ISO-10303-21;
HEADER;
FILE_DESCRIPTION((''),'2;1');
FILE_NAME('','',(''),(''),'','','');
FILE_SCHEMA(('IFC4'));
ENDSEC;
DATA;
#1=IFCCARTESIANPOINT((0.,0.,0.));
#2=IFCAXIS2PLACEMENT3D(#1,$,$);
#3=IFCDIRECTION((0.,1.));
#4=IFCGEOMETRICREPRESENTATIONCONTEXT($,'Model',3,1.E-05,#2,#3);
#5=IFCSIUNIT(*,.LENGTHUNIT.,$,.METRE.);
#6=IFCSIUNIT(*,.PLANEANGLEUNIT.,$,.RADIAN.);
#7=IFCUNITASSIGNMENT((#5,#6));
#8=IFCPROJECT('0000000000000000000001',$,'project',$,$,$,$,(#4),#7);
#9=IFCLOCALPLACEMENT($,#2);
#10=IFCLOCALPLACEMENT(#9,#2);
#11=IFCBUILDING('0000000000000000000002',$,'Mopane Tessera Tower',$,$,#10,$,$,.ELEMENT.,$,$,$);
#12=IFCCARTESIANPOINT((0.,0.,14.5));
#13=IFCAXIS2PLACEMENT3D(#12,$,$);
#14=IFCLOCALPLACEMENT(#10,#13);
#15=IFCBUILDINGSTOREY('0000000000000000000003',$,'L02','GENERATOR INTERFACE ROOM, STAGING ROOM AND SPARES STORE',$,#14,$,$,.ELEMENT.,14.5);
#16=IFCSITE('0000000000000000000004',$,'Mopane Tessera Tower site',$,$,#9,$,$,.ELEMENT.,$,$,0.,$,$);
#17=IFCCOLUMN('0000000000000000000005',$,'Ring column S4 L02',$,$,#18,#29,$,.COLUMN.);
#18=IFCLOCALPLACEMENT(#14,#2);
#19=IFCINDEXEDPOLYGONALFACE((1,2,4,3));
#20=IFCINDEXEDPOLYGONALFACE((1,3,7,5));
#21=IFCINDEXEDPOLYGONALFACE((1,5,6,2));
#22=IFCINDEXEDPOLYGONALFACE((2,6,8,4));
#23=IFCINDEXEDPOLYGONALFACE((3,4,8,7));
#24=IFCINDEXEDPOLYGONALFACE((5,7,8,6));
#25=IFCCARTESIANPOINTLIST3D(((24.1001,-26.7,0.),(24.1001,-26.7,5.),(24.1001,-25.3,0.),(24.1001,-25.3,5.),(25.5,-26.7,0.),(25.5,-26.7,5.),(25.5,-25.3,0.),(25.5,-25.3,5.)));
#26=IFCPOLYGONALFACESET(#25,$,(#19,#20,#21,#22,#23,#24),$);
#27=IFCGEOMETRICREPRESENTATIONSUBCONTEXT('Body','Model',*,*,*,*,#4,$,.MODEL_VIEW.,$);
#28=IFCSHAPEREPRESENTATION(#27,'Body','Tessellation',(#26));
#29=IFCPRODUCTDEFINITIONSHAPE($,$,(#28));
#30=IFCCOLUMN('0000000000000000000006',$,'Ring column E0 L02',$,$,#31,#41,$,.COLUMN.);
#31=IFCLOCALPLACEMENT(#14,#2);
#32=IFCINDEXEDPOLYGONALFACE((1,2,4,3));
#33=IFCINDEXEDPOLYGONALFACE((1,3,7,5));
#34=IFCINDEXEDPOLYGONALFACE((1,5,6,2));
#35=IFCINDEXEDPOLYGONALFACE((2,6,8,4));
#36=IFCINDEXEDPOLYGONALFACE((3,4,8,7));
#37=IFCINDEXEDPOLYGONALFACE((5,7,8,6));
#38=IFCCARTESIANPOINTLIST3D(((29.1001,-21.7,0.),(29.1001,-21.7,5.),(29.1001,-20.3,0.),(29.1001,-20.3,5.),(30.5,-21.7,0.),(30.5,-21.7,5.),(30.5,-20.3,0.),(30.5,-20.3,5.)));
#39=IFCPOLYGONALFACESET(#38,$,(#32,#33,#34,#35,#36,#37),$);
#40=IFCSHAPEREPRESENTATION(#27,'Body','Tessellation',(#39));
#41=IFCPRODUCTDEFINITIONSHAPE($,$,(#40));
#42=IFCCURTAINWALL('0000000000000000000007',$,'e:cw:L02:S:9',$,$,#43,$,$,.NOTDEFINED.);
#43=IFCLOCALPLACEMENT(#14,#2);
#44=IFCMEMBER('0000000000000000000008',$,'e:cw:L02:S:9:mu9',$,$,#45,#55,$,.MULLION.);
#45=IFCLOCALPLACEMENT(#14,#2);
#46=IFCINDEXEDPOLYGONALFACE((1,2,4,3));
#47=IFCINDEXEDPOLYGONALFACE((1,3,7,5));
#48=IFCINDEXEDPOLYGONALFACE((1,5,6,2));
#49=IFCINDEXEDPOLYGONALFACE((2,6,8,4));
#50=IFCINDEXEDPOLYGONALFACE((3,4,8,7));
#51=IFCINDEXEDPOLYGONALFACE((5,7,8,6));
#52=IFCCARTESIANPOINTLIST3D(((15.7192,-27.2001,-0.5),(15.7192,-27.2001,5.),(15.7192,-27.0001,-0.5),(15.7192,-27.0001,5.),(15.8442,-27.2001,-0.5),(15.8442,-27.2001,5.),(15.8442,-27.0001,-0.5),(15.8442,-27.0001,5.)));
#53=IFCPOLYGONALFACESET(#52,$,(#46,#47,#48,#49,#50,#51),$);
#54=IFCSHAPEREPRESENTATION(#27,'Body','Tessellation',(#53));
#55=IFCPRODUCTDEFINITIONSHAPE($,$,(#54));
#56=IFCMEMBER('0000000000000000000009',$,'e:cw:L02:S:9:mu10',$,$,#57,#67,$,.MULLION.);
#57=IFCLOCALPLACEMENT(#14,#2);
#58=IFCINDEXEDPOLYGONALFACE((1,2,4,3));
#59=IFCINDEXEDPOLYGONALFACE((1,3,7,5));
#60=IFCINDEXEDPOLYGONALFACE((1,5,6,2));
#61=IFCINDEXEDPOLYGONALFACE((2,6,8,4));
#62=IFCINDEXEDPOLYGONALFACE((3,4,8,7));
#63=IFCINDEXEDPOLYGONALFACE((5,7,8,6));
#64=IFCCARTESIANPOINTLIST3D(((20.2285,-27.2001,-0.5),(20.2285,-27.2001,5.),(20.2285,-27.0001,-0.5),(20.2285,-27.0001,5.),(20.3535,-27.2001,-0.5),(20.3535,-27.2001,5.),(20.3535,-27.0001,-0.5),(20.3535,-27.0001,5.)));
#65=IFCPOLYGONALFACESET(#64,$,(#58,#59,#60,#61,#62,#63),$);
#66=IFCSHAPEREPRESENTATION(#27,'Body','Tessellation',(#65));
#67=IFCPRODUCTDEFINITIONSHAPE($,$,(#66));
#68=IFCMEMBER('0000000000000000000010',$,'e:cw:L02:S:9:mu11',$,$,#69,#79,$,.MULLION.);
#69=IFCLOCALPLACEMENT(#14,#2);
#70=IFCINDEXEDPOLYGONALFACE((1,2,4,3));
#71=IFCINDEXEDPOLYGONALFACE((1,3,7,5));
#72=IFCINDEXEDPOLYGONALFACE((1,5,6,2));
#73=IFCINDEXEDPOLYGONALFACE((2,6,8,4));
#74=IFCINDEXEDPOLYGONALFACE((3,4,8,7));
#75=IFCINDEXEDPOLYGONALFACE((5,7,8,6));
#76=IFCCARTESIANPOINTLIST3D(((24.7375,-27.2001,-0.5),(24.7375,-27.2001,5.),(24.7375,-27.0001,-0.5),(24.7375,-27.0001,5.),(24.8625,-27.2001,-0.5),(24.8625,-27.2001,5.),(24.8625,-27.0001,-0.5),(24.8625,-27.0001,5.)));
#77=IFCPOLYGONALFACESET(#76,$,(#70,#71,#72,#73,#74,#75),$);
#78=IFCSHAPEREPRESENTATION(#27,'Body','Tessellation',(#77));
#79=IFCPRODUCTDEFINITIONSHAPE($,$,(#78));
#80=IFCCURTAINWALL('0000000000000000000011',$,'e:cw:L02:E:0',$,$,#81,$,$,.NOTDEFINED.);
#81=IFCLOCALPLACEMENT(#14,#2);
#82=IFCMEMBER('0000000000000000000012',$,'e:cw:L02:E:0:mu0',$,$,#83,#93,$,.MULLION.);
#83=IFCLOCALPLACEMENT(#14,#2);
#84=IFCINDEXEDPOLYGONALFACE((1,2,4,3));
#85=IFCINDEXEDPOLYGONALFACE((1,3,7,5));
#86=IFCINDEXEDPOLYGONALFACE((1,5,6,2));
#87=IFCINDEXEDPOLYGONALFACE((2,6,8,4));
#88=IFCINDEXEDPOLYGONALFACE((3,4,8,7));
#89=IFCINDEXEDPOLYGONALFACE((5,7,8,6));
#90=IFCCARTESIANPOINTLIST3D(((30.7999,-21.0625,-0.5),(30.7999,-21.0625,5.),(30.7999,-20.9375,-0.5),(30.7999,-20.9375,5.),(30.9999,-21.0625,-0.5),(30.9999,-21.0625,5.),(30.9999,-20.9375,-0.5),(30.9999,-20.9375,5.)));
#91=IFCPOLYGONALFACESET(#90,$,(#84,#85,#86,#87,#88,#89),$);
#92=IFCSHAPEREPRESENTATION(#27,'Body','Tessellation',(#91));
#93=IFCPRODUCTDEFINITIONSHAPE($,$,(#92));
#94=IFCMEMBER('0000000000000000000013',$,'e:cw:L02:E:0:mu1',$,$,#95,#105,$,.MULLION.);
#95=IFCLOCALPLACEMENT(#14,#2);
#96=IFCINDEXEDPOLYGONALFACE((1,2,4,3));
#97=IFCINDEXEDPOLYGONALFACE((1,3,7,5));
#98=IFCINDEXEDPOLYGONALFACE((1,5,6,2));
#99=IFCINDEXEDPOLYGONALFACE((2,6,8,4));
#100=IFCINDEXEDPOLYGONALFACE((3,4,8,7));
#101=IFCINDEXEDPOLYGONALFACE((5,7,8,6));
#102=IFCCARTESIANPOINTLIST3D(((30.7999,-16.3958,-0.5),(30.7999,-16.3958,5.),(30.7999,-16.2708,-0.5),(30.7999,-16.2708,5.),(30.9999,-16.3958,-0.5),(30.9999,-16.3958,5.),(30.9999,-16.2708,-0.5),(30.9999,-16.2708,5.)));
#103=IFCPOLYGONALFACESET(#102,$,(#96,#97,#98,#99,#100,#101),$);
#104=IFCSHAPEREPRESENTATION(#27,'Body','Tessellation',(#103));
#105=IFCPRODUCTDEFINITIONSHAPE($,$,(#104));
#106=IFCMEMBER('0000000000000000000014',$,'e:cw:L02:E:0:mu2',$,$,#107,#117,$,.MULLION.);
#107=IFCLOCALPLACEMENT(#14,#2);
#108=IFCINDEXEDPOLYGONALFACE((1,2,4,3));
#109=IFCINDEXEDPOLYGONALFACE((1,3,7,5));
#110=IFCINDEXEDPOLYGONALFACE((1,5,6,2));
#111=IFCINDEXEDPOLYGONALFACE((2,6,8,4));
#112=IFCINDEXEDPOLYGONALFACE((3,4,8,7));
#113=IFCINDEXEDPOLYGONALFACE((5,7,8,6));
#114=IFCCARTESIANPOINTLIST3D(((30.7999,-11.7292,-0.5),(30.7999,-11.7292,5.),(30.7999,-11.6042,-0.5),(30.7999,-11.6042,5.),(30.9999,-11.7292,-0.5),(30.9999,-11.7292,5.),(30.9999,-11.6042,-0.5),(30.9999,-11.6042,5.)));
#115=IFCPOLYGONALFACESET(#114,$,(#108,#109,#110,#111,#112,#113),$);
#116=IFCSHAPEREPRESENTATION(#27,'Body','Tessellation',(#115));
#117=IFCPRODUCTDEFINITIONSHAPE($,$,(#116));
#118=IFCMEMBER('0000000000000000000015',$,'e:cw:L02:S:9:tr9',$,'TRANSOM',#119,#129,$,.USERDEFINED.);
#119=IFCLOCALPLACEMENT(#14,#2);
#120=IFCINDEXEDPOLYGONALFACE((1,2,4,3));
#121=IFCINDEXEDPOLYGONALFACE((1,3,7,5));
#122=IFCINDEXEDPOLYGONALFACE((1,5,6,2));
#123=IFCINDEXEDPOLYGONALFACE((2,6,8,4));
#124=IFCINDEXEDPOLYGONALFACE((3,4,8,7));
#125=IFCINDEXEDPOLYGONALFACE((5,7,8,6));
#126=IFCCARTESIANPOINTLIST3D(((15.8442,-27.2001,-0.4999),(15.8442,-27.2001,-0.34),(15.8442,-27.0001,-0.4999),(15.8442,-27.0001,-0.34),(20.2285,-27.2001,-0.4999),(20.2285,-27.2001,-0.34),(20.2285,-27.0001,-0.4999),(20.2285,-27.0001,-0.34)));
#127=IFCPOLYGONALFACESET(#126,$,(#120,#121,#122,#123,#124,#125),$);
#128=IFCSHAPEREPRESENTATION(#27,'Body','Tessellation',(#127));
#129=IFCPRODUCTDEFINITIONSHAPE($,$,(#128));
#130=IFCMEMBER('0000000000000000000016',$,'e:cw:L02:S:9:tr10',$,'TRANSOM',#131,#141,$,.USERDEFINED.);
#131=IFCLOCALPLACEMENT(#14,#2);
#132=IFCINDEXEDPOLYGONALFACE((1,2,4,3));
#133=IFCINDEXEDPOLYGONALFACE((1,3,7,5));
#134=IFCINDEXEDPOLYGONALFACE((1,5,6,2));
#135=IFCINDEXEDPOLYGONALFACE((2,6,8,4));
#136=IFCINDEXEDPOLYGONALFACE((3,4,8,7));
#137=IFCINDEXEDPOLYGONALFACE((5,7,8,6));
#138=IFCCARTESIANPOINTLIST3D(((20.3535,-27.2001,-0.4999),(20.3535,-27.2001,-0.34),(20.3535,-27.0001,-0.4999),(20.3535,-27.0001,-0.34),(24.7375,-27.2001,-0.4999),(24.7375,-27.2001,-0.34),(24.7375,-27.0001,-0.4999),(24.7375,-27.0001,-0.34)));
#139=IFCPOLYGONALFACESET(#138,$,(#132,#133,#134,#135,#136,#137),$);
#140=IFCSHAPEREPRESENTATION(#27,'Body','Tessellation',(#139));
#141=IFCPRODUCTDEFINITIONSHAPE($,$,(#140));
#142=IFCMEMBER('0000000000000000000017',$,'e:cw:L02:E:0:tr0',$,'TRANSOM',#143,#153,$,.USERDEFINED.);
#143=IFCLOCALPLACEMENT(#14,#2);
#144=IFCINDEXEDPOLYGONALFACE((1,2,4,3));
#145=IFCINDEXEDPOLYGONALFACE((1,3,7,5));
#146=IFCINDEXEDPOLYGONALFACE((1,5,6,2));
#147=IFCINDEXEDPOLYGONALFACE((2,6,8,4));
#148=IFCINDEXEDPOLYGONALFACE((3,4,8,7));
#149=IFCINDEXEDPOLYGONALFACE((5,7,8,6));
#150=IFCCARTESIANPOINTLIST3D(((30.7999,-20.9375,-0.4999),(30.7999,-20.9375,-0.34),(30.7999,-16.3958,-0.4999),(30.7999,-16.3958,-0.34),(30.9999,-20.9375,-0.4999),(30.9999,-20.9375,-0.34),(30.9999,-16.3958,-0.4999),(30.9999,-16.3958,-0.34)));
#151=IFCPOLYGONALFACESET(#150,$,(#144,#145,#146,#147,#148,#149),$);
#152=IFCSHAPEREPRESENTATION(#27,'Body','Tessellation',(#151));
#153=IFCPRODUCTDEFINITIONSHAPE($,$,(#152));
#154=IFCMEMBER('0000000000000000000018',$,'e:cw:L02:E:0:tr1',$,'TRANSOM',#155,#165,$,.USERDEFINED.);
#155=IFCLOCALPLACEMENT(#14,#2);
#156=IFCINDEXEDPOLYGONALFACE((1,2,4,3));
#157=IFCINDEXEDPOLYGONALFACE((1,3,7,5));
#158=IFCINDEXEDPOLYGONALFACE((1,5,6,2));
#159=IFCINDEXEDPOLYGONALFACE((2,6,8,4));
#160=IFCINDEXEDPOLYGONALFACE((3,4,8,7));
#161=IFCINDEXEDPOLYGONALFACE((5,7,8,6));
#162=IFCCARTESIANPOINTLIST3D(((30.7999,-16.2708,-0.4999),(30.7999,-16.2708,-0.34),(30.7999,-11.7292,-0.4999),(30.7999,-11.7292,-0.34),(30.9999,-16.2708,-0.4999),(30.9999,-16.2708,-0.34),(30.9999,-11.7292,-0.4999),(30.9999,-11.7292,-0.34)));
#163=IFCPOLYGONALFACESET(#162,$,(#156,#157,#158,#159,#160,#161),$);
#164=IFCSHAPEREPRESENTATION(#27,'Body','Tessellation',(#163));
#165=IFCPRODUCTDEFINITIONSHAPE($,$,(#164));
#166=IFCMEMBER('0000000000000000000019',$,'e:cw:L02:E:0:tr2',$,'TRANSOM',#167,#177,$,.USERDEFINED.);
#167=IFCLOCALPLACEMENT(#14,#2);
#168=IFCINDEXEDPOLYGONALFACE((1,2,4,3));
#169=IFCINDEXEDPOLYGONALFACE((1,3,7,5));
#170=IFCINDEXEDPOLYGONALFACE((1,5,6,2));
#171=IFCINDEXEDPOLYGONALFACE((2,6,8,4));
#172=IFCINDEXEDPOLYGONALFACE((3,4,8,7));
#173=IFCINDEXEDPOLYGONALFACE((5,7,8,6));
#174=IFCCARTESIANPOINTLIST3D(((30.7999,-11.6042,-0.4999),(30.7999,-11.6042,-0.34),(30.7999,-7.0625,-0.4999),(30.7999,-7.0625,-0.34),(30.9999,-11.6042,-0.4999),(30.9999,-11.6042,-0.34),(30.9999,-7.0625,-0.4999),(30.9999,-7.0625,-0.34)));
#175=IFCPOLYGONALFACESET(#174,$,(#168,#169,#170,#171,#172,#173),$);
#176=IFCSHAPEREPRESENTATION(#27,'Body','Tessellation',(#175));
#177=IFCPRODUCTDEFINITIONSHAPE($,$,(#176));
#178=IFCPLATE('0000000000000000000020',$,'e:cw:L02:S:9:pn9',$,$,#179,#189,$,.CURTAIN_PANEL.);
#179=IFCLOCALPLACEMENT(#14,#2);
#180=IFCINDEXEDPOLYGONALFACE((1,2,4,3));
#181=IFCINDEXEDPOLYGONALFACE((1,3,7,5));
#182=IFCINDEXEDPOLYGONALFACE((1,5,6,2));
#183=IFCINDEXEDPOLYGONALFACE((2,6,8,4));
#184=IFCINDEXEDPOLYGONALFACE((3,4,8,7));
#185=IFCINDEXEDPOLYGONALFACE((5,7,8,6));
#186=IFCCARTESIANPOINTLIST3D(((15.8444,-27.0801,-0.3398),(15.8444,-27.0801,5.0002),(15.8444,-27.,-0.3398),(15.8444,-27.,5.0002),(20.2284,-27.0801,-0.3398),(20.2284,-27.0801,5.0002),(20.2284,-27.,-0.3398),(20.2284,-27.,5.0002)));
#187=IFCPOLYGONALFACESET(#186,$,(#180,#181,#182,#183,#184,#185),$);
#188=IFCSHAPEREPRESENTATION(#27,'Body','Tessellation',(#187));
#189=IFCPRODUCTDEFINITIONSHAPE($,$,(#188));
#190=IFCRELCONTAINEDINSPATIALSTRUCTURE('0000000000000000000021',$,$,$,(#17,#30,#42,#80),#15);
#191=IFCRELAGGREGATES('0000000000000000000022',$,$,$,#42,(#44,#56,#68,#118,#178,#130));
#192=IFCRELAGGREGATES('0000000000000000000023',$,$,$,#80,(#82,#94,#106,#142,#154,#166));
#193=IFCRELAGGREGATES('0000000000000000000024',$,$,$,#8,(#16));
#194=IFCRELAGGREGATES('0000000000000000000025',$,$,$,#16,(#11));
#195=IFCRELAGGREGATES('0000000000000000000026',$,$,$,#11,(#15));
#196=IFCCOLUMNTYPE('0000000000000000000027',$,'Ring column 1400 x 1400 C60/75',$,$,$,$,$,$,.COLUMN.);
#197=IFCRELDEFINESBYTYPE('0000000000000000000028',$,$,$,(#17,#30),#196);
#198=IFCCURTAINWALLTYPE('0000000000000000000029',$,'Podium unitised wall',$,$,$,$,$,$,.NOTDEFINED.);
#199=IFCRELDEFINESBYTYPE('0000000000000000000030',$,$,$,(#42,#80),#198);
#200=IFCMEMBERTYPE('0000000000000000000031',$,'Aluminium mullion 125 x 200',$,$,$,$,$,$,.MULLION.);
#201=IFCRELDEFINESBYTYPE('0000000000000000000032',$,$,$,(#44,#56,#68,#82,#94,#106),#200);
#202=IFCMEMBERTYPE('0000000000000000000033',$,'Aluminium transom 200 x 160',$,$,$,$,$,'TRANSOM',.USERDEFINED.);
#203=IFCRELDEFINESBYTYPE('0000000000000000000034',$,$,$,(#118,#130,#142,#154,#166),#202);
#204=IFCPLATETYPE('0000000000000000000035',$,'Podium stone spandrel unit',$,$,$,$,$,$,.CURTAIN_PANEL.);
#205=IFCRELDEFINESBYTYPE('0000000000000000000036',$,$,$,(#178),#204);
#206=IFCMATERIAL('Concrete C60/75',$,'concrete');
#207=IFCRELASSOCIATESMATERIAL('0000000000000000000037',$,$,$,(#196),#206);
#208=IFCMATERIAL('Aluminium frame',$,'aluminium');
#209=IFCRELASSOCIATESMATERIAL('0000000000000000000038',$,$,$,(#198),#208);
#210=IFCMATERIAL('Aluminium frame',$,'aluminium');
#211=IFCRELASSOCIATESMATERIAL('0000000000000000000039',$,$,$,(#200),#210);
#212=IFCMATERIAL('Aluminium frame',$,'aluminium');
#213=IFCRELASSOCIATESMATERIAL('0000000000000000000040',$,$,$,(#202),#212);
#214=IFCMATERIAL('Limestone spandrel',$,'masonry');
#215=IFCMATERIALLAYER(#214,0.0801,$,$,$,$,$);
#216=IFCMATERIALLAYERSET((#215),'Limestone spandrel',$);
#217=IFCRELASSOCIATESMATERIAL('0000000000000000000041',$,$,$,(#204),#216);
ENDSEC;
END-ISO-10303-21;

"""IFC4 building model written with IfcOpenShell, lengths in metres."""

from ifc_helpers import new_model, si_unit, direction, frame, origin, origin_2d, place, context, subcontext, project, spatial, rectangle, extrude, material, layer, layer_set, material_profile, profile_set, type_object, element, aggregate, save


model = new_model("IFC4")

# Units and contexts
model_context = context("Model", 3, precision=1e-05, world=origin(), true_north=direction((0.0, 1.0)))
body_context = subcontext(model_context, "Body", "Model", "MODEL_VIEW")
ifc_project = project(units=[si_unit("LENGTHUNIT", "METRE"), si_unit("PLANEANGLEUNIT", "RADIAN")], contexts=[model_context])

# Site, building, storey
site_placement = place(None, origin())
site = spatial("IfcSite", under=ifc_project, at=site_placement, Name="Mopane Tessera Tower site", CompositionType="ELEMENT", RefElevation=0.0)
building_placement = place(site_placement, origin())
building = spatial("IfcBuilding", under=site, at=building_placement, Name="Mopane Tessera Tower", CompositionType="ELEMENT")
storey_placement = place(building_placement, frame((0.0, 0.0, 14.5)))
storey = spatial("IfcBuildingStorey", under=building, at=storey_placement, Name="L02", Description="GENERATOR INTERFACE ROOM, STAGING ROOM AND SPARES STORE", CompositionType="ELEMENT", Elevation=14.5)

# Columns
ifc_material_1 = material(Name="Concrete C60/75", Category="concrete")
ifc_material_profile_1 = material_profile(ifc_material_1, rectangle(XDim=1.3999, YDim=1.3999, at=origin_2d()))
ifc_profile_set_1 = profile_set([ifc_material_profile_1], Name="Concrete C60/75")
column_type = type_object("IfcColumnType", Name="Ring column 1400 x 1400 C60/75", PredefinedType="COLUMN", material=ifc_profile_set_1)
for number, where, z_axis, x_axis, name in (
    (1, (24.8, -26.0, 0.0), (0.0, 0.0, 1.0), (1.0, 0.0, 0.0), "Ring column S4 L02"),
    (2, (29.8, -21.0, 0.0), (0.0, 0.0, 1.0), (1.0, 0.0, 0.0), "Ring column E0 L02"),
):
    element("IfcColumn", number, at=place(storey_placement, frame(where, z_axis=z_axis, x_axis=x_axis)), inside=storey, type_object=column_type, Name=name, PredefinedType="COLUMN", context=body_context, shape_type="SweptSolid", body=[
        extrude(rectangle(XDim=1.3999, YDim=1.3999, at=origin_2d()), origin(), (0.0, 0.0, 1.0), 5.0),
    ])

# Curtain walls, members
ifc_material_2 = material(Name="Aluminium frame", Category="aluminium")
curtain_wall_type = type_object("IfcCurtainWallType", Name="Podium unitised wall", PredefinedType="NOTDEFINED", material=ifc_material_2)
curtain_wall_1_placement = place(storey_placement, origin())
curtain_wall_1 = element("IfcCurtainWall", 3, at=curtain_wall_1_placement, inside=storey, type_object=curtain_wall_type, Name="e:cw:L02:S:9", PredefinedType="NOTDEFINED")
ifc_material_3 = material(Name="Aluminium frame", Category="aluminium")
ifc_material_profile_2 = material_profile(ifc_material_3, rectangle(XDim=0.125, YDim=0.2, at=origin_2d()))
ifc_profile_set_2 = profile_set([ifc_material_profile_2], Name="Aluminium frame")
member_type_1 = type_object("IfcMemberType", Name="Aluminium mullion 125 x 200", PredefinedType="MULLION", material=ifc_profile_set_2)
member_1_placement = place(storey_placement, frame((15.7817, -27.1001, -0.5), z_axis=(0.0, 0.0, 1.0), x_axis=(1.0, 0.0, 0.0)))
member_1 = element("IfcMember", 4, at=member_1_placement, type_object=member_type_1, Name="e:cw:L02:S:9:mu9", PredefinedType="MULLION", context=body_context, shape_type="SweptSolid", body=[
    extrude(rectangle(XDim=0.125, YDim=0.2, at=origin_2d()), origin(), (0.0, 0.0, 1.0), 5.5),
])
member_2_placement = place(storey_placement, frame((20.291, -27.1001, -0.5), z_axis=(0.0, 0.0, 1.0), x_axis=(1.0, 0.0, 0.0)))
member_2 = element("IfcMember", 5, at=member_2_placement, type_object=member_type_1, Name="e:cw:L02:S:9:mu10", PredefinedType="MULLION", context=body_context, shape_type="SweptSolid", body=[
    extrude(rectangle(XDim=0.125, YDim=0.2, at=origin_2d()), origin(), (0.0, 0.0, 1.0), 5.5),
])
member_3_placement = place(storey_placement, frame((24.8, -27.1001, -0.5), z_axis=(0.0, 0.0, 1.0), x_axis=(1.0, 0.0, 0.0)))
member_3 = element("IfcMember", 6, at=member_3_placement, type_object=member_type_1, Name="e:cw:L02:S:9:mu11", PredefinedType="MULLION", context=body_context, shape_type="SweptSolid", body=[
    extrude(rectangle(XDim=0.125, YDim=0.2, at=origin_2d()), origin(), (0.0, 0.0, 1.0), 5.5),
])
curtain_wall_2_placement = place(storey_placement, origin())
curtain_wall_2 = element("IfcCurtainWall", 7, at=curtain_wall_2_placement, inside=storey, type_object=curtain_wall_type, Name="e:cw:L02:E:0", PredefinedType="NOTDEFINED")
member_4_placement = place(storey_placement, frame((30.8999, -21.0, -0.5), z_axis=(0.0, 0.0, 1.0), x_axis=(0.0, 1.0, 0.0)))
member_4 = element("IfcMember", 8, at=member_4_placement, type_object=member_type_1, Name="e:cw:L02:E:0:mu0", PredefinedType="MULLION", context=body_context, shape_type="SweptSolid", body=[
    extrude(rectangle(XDim=0.125, YDim=0.2, at=origin_2d()), origin(), (0.0, 0.0, 1.0), 5.5),
])
member_5_placement = place(storey_placement, frame((30.8999, -16.3333, -0.5), z_axis=(0.0, 0.0, 1.0), x_axis=(0.0, 1.0, 0.0)))
member_5 = element("IfcMember", 9, at=member_5_placement, type_object=member_type_1, Name="e:cw:L02:E:0:mu1", PredefinedType="MULLION", context=body_context, shape_type="SweptSolid", body=[
    extrude(rectangle(XDim=0.125, YDim=0.2, at=origin_2d()), origin(), (0.0, 0.0, 1.0), 5.5),
])
member_6_placement = place(storey_placement, frame((30.8999, -11.6667, -0.5), z_axis=(0.0, 0.0, 1.0), x_axis=(0.0, 1.0, 0.0)))
member_6 = element("IfcMember", 10, at=member_6_placement, type_object=member_type_1, Name="e:cw:L02:E:0:mu2", PredefinedType="MULLION", context=body_context, shape_type="SweptSolid", body=[
    extrude(rectangle(XDim=0.125, YDim=0.2, at=origin_2d()), origin(), (0.0, 0.0, 1.0), 5.5),
])

# Members
ifc_material_4 = material(Name="Aluminium frame", Category="aluminium")
ifc_material_profile_3 = material_profile(ifc_material_4, rectangle(XDim=0.2, YDim=0.1599, at=origin_2d()))
ifc_profile_set_3 = profile_set([ifc_material_profile_3], Name="Aluminium frame")
member_type_2 = type_object("IfcMemberType", Name="Aluminium transom 200 x 160", ElementType="TRANSOM", PredefinedType="USERDEFINED", material=ifc_profile_set_3)
member_7_placement = place(storey_placement, frame((15.8442, -27.1001, -0.4199), z_axis=(1.0, 0.0, 0.0), x_axis=(0.0, 1.0, 0.0)))
member_7 = element("IfcMember", 11, at=member_7_placement, type_object=member_type_2, Name="e:cw:L02:S:9:tr9", ObjectType="TRANSOM", PredefinedType="USERDEFINED", context=body_context, shape_type="SweptSolid", body=[
    extrude(rectangle(XDim=0.2, YDim=0.1599, at=origin_2d()), origin(), (0.0, 0.0, 1.0), 4.3843),
])
member_8_placement = place(storey_placement, frame((20.3535, -27.1001, -0.4199), z_axis=(1.0, 0.0, 0.0), x_axis=(0.0, 1.0, 0.0)))
member_8 = element("IfcMember", 12, at=member_8_placement, type_object=member_type_2, Name="e:cw:L02:S:9:tr10", ObjectType="TRANSOM", PredefinedType="USERDEFINED", context=body_context, shape_type="SweptSolid", body=[
    extrude(rectangle(XDim=0.2, YDim=0.1599, at=origin_2d()), origin(), (0.0, 0.0, 1.0), 4.384),
])
member_9_placement = place(storey_placement, frame((30.8999, -20.9375, -0.4199), z_axis=(0.0, 1.0, 0.0), x_axis=(-1.0, 0.0, 0.0)))
member_9 = element("IfcMember", 13, at=member_9_placement, type_object=member_type_2, Name="e:cw:L02:E:0:tr0", ObjectType="TRANSOM", PredefinedType="USERDEFINED", context=body_context, shape_type="SweptSolid", body=[
    extrude(rectangle(XDim=0.2, YDim=0.1599, at=origin_2d()), origin(), (0.0, 0.0, 1.0), 4.5417),
])
member_10_placement = place(storey_placement, frame((30.8999, -16.2708, -0.4199), z_axis=(0.0, 1.0, 0.0), x_axis=(-1.0, 0.0, 0.0)))
member_10 = element("IfcMember", 14, at=member_10_placement, type_object=member_type_2, Name="e:cw:L02:E:0:tr1", ObjectType="TRANSOM", PredefinedType="USERDEFINED", context=body_context, shape_type="SweptSolid", body=[
    extrude(rectangle(XDim=0.2, YDim=0.1599, at=origin_2d()), origin(), (0.0, 0.0, 1.0), 4.5415),
])
member_11_placement = place(storey_placement, frame((30.8999, -11.6042, -0.4199), z_axis=(0.0, 1.0, 0.0), x_axis=(-1.0, 0.0, 0.0)))
member_11 = element("IfcMember", 15, at=member_11_placement, type_object=member_type_2, Name="e:cw:L02:E:0:tr2", ObjectType="TRANSOM", PredefinedType="USERDEFINED", context=body_context, shape_type="SweptSolid", body=[
    extrude(rectangle(XDim=0.2, YDim=0.1599, at=origin_2d()), origin(), (0.0, 0.0, 1.0), 4.5417),
])

# Plate
ifc_material_5 = material(Name="Limestone spandrel", Category="masonry")
ifc_layer_1 = layer(ifc_material_5, 0.0801)
ifc_layer_set_1 = layer_set([ifc_layer_1], Name="Limestone spandrel")
plate_type = type_object("IfcPlateType", Name="Podium stone spandrel unit", PredefinedType="CURTAIN_PANEL", material=ifc_layer_set_1)
plate_1_placement = place(storey_placement, frame((18.0364, -27.04, -0.3398), z_axis=(0.0, 0.0, 1.0), x_axis=(1.0, 0.0, 0.0)))
plate_1 = element("IfcPlate", 16, at=plate_1_placement, type_object=plate_type, Name="e:cw:L02:S:9:pn9", PredefinedType="CURTAIN_PANEL", context=body_context, shape_type="SweptSolid", body=[
    extrude(rectangle(XDim=4.384, YDim=0.0801, at=origin_2d()), origin(), (0.0, 0.0, 1.0), 5.3401),
])
aggregate(curtain_wall_1, [member_1, member_2, member_3, member_7, plate_1, member_8])
aggregate(curtain_wall_2, [member_4, member_5, member_6, member_9, member_10, member_11])

save(model, "model.ifc")
